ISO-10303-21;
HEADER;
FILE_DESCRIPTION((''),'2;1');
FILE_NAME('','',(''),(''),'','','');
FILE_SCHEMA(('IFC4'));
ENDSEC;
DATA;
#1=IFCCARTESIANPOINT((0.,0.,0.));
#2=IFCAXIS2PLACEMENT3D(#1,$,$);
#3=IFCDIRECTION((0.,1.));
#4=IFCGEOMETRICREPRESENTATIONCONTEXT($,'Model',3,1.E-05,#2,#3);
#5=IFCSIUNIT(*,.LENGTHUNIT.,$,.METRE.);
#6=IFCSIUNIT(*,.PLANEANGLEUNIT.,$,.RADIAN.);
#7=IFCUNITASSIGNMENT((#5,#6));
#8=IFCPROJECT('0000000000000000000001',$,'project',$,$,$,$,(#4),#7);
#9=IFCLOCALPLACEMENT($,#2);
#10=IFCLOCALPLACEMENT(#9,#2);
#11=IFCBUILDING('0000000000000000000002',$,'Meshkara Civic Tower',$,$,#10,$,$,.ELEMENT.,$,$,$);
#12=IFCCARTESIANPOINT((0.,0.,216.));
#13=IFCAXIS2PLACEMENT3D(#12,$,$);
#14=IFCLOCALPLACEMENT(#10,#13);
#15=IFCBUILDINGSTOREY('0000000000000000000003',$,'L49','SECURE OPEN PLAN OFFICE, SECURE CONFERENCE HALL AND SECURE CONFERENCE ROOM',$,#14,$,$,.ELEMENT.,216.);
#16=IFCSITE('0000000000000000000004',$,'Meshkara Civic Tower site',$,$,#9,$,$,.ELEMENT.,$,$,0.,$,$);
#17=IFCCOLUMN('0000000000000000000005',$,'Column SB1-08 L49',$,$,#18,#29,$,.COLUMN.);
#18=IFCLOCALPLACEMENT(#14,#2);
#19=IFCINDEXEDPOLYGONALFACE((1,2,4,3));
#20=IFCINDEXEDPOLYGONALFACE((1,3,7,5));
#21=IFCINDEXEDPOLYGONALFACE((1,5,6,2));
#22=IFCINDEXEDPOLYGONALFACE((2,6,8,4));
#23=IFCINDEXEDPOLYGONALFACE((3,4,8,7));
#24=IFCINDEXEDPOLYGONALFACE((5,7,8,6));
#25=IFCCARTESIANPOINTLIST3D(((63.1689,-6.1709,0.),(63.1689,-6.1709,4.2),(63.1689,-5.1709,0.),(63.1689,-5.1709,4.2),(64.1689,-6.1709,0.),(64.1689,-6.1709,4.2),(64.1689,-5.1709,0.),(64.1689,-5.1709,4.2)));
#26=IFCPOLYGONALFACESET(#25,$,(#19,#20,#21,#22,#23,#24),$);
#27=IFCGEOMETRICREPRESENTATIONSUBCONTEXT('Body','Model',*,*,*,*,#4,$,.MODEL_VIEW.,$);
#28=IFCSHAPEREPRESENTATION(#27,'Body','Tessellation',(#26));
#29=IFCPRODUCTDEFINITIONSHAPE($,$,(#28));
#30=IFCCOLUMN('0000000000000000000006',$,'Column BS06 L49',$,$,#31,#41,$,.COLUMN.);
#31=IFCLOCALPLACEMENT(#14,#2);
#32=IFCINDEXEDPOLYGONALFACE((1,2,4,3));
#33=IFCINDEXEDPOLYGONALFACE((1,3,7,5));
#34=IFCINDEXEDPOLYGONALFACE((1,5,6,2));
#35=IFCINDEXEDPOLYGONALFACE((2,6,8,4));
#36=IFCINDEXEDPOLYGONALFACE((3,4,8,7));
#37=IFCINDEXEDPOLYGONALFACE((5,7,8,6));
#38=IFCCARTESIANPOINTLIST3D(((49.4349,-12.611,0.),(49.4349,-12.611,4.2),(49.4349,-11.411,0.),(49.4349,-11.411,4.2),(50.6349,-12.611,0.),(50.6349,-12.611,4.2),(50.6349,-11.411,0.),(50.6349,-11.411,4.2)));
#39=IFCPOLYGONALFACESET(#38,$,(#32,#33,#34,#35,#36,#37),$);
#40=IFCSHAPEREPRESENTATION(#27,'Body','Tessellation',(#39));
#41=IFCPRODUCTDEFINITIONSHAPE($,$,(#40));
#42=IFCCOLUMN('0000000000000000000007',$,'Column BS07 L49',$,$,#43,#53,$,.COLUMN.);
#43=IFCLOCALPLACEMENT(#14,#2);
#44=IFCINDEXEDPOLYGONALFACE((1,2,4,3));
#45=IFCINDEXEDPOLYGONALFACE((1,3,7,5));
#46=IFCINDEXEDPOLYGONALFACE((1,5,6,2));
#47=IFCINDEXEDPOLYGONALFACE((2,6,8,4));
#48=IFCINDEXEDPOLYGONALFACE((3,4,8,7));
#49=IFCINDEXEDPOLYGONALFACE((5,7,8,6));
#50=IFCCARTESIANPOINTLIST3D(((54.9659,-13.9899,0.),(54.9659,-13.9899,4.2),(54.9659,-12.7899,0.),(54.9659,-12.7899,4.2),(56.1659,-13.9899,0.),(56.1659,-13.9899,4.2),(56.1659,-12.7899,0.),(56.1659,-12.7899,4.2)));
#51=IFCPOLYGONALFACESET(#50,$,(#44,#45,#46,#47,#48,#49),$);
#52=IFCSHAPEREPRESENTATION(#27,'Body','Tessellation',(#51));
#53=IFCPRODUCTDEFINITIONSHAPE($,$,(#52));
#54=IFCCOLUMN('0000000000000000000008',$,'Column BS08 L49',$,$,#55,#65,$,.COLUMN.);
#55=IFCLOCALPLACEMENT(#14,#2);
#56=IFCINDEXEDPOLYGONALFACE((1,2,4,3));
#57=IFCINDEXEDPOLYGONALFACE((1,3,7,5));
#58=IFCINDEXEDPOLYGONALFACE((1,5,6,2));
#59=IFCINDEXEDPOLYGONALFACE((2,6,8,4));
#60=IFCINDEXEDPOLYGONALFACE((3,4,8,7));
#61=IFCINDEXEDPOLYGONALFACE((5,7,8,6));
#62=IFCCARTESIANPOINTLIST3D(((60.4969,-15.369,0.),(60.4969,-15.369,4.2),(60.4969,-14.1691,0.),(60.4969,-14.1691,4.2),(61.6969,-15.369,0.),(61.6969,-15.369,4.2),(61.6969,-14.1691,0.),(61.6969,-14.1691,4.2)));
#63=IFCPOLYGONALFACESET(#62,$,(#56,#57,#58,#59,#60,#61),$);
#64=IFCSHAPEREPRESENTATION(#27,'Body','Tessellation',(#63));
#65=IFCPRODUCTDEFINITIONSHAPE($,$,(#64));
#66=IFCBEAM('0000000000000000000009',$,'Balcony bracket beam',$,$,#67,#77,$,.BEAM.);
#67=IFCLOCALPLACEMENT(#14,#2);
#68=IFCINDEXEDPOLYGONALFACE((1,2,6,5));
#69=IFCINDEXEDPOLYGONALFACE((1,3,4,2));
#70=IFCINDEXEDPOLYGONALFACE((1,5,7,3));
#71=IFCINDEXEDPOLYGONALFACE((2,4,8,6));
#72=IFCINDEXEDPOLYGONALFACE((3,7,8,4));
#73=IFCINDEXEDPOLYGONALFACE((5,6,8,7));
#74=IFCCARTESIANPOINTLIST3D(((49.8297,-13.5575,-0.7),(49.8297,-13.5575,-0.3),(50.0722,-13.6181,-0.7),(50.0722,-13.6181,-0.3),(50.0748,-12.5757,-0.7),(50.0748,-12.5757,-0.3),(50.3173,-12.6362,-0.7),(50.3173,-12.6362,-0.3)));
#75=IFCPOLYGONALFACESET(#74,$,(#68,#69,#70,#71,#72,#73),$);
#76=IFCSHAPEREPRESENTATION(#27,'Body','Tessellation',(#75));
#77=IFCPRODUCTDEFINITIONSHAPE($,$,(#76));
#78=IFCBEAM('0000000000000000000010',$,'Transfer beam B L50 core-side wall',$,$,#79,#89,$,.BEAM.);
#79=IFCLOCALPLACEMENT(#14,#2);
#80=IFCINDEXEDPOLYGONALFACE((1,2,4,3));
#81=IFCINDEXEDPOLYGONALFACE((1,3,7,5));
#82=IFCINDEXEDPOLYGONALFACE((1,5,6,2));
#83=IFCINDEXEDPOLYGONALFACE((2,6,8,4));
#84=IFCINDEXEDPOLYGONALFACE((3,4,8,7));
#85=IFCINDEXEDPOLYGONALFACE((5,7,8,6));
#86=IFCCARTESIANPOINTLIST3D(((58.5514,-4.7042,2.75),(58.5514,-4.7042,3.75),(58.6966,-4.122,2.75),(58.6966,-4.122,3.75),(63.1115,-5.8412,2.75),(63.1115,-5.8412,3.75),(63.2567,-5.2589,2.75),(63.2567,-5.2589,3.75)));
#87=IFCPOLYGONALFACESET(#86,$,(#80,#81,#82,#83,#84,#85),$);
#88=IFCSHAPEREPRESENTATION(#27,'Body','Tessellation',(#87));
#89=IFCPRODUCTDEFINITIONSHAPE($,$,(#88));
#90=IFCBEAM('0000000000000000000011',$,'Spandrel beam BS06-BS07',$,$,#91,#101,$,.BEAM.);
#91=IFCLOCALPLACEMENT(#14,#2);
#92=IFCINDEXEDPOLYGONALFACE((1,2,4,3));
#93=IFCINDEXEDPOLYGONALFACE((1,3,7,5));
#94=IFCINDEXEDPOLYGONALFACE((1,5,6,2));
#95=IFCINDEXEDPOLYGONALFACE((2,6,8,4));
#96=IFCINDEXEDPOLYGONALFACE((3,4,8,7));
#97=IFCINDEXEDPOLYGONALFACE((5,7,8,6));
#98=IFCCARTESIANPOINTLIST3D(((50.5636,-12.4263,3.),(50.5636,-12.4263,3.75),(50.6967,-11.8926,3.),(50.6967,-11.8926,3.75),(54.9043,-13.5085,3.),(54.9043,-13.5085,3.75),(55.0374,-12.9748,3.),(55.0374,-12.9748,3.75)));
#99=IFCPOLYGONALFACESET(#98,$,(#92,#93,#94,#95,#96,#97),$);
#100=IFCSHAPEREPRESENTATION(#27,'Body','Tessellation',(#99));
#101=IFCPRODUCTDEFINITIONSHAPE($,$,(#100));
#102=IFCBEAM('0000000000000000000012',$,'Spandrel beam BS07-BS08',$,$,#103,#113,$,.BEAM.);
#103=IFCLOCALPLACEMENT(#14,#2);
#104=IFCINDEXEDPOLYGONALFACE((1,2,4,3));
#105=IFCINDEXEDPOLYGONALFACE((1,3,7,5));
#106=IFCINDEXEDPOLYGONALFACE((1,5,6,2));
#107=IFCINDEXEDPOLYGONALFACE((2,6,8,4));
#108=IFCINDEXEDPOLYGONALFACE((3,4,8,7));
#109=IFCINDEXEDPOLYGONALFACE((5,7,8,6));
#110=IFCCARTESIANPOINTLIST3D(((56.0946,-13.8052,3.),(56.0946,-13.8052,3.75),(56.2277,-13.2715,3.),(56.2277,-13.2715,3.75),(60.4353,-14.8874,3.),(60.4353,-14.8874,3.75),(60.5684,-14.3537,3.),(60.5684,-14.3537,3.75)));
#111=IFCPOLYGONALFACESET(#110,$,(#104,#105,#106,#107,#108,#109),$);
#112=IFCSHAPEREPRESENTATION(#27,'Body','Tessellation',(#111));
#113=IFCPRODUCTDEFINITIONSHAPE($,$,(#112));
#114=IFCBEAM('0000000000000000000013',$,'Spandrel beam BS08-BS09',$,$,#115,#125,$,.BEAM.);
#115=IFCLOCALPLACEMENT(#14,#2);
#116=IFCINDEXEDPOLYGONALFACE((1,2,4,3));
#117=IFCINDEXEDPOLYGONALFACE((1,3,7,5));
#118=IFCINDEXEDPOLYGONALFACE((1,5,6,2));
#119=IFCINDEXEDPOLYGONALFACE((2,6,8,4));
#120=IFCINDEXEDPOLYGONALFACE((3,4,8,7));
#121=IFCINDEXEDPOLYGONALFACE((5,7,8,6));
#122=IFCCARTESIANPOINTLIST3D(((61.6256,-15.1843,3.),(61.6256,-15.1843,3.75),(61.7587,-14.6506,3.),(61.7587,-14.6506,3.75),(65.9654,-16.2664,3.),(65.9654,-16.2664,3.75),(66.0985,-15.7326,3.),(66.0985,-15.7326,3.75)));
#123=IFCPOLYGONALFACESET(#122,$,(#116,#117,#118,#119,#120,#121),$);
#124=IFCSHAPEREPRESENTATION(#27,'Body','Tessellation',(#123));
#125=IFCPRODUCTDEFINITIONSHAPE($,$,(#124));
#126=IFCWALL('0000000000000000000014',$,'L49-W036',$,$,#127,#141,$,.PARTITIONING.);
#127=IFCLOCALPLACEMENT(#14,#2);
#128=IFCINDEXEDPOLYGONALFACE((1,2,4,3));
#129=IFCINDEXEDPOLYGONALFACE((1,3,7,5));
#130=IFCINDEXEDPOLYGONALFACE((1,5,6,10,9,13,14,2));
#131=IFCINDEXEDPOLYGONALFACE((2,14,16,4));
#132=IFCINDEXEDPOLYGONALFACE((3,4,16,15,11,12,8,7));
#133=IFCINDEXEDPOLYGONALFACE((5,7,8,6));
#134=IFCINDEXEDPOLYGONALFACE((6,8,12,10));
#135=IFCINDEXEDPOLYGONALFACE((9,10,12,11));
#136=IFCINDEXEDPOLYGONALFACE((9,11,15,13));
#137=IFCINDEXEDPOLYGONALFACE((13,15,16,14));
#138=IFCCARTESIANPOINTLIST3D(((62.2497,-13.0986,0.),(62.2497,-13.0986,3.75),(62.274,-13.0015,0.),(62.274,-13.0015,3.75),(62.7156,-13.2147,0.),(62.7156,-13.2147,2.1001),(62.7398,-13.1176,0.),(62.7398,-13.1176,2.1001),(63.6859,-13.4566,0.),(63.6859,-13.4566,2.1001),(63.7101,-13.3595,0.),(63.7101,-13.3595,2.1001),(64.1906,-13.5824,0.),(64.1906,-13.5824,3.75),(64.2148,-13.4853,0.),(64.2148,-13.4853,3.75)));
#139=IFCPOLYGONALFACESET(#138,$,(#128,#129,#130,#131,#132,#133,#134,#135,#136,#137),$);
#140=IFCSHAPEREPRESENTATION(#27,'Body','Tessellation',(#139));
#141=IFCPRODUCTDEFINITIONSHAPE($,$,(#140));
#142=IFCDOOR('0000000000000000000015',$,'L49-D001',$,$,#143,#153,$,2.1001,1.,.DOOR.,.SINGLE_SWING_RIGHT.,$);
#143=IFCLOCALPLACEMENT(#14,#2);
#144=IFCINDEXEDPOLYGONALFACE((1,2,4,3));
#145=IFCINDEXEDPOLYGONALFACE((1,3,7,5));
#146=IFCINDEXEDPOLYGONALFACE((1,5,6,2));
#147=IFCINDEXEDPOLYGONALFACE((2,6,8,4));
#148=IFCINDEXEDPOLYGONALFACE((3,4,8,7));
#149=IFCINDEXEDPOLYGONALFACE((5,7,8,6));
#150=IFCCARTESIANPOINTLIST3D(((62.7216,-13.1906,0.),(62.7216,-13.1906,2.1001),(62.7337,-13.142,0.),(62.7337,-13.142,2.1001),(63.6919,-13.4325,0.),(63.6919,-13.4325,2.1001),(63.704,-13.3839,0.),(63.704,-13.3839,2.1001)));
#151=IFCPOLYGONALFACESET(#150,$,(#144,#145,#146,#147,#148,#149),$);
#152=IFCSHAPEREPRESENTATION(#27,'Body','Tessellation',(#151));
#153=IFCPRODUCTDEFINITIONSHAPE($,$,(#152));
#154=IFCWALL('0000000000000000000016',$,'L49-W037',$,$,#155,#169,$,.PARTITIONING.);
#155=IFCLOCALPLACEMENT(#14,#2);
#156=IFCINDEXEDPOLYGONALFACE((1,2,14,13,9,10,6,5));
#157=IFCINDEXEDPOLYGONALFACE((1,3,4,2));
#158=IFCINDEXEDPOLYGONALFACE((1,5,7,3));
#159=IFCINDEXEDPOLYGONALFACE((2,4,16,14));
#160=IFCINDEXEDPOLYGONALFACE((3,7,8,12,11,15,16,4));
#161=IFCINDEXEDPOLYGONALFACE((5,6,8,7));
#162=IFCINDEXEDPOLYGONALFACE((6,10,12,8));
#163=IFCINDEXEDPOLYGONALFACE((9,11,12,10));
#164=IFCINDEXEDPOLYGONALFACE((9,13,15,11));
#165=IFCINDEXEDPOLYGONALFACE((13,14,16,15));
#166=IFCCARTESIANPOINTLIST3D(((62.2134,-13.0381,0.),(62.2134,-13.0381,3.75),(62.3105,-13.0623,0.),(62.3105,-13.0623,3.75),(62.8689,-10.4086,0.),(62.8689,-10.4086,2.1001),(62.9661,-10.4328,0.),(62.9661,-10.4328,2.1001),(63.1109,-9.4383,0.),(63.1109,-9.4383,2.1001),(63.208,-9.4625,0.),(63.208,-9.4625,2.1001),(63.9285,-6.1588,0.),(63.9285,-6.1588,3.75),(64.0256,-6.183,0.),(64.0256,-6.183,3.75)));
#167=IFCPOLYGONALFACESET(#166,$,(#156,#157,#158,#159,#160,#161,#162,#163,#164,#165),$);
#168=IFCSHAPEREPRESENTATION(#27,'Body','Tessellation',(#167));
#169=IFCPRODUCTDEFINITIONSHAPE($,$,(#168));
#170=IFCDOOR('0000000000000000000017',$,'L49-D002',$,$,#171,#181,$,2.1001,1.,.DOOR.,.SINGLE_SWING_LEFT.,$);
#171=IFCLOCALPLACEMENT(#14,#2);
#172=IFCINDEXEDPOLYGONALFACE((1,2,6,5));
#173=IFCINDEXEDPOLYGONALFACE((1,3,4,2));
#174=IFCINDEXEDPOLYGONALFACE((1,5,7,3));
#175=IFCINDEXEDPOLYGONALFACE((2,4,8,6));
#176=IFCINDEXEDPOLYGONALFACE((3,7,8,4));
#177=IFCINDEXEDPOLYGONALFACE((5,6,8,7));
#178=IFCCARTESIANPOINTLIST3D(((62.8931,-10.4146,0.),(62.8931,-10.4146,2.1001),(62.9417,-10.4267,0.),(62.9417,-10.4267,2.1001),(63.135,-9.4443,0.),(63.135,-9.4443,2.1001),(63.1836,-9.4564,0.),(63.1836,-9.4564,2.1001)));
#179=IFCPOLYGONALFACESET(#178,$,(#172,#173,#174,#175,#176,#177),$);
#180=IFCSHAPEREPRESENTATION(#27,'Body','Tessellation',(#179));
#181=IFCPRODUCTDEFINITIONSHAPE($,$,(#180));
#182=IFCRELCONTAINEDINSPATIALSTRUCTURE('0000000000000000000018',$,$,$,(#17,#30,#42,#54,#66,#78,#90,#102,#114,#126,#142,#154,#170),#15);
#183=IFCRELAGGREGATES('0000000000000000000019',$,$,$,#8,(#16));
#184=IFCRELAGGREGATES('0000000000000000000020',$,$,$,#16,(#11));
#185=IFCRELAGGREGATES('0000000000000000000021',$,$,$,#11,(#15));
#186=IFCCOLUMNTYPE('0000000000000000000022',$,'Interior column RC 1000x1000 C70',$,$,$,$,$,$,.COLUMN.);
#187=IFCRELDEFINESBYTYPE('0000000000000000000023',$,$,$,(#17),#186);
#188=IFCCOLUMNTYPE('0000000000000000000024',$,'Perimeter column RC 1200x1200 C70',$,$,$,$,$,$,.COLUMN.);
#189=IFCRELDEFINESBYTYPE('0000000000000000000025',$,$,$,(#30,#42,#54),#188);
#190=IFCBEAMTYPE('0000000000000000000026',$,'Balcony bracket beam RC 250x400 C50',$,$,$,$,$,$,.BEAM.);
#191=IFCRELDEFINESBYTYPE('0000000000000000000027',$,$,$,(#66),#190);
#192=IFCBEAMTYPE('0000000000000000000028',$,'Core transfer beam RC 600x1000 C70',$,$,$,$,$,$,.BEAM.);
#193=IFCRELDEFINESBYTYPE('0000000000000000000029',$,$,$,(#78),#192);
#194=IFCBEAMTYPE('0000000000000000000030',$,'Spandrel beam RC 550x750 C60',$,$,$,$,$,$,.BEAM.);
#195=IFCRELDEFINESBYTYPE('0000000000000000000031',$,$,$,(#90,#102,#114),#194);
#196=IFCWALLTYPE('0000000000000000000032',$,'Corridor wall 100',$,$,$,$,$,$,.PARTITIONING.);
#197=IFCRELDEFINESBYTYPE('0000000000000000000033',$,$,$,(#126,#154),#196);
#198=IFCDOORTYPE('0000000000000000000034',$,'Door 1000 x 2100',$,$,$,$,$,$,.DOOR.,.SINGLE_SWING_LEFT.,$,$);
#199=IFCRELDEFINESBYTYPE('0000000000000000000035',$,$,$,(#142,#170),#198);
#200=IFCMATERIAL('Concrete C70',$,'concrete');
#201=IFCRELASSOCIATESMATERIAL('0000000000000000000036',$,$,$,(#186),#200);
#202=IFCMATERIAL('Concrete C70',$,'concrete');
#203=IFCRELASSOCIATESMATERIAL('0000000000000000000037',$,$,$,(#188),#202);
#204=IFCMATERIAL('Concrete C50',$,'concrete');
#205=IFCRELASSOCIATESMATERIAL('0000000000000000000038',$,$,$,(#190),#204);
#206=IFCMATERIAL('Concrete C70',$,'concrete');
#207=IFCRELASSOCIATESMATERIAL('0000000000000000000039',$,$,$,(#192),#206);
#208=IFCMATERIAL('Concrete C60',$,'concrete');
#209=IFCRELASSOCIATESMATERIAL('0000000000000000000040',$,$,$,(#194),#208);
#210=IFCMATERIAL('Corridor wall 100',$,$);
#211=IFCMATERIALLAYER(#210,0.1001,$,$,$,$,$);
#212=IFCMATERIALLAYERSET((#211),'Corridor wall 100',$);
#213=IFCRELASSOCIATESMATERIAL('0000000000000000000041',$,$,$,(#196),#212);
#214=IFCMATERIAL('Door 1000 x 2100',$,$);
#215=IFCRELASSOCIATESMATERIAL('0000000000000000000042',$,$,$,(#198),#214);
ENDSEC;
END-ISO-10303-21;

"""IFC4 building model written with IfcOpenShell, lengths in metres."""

from ifc_helpers import new_model, si_unit, direction, frame, frame_2d, origin, origin_2d, place, context, subcontext, project, spatial, rectangle, extrude, material, layer, layer_set, material_profile, profile_set, type_object, element, fill, save


model = new_model("IFC4")

# Units and contexts
model_context = context("Model", 3, precision=1e-05, world=origin(), true_north=direction((0.0, 1.0)))
body_context = subcontext(model_context, "Body", "Model", "MODEL_VIEW")
ifc_project = project(units=[si_unit("LENGTHUNIT", "METRE"), si_unit("PLANEANGLEUNIT", "RADIAN")], contexts=[model_context])

# Site, building, storey
site_placement = place(None, origin())
site = spatial("IfcSite", under=ifc_project, at=site_placement, Name="Meshkara Civic Tower site", CompositionType="ELEMENT", RefElevation=0.0)
building_placement = place(site_placement, origin())
building = spatial("IfcBuilding", under=site, at=building_placement, Name="Meshkara Civic Tower", CompositionType="ELEMENT")
storey_placement = place(building_placement, frame((0.0, 0.0, 216.0)))
storey = spatial("IfcBuildingStorey", under=building, at=storey_placement, Name="L49", Description="SECURE OPEN PLAN OFFICE, SECURE CONFERENCE HALL AND SECURE CONFERENCE ROOM", CompositionType="ELEMENT", Elevation=216.0)

# Columns
ifc_material_1 = material(Name="Concrete C70", Category="concrete")
ifc_material_profile_1 = material_profile(ifc_material_1, rectangle(XDim=1.0, YDim=1.0, at=origin_2d()))
ifc_profile_set_1 = profile_set([ifc_material_profile_1], Name="Concrete C70")
column_type_1 = type_object("IfcColumnType", Name="Interior column RC 1000x1000 C70", PredefinedType="COLUMN", material=ifc_profile_set_1)
column_placement = place(storey_placement, frame((63.6689, -5.6709, 0.0), z_axis=(0.0, 0.0, 1.0), x_axis=(1.0, 0.0, 0.0)))
element("IfcColumn", 1, at=column_placement, inside=storey, type_object=column_type_1, Name="Column SB1-08 L49", PredefinedType="COLUMN", context=body_context, shape_type="SweptSolid", body=[
    extrude(rectangle(XDim=1.0, YDim=1.0, at=origin_2d()), origin(), (0.0, 0.0, 1.0), 4.2),
])
ifc_material_2 = material(Name="Concrete C70", Category="concrete")
ifc_material_profile_2 = material_profile(ifc_material_2, rectangle(XDim=1.2, YDim=1.2, at=origin_2d()))
ifc_profile_set_2 = profile_set([ifc_material_profile_2], Name="Concrete C70")
column_type_2 = type_object("IfcColumnType", Name="Perimeter column RC 1200x1200 C70", PredefinedType="COLUMN", material=ifc_profile_set_2)
for number, where, z_axis, x_axis, name in (
    (2, (50.0349, -12.011, 0.0), (0.0, 0.0, 1.0), (1.0, 0.0, 0.0), "Column BS06 L49"),
    (3, (55.5659, -13.3899, 0.0), (0.0, 0.0, 1.0), (1.0, 0.0, 0.0), "Column BS07 L49"),
    (4, (61.0969, -14.769, 0.0), (0.0, 0.0, 1.0), (1.0, 0.0, 0.0), "Column BS08 L49"),
):
    element("IfcColumn", number, at=place(storey_placement, frame(where, z_axis=z_axis, x_axis=x_axis)), inside=storey, type_object=column_type_2, Name=name, PredefinedType="COLUMN", context=body_context, shape_type="SweptSolid", body=[
        extrude(rectangle(XDim=1.2, YDim=1.2, at=origin_2d()), origin(), (0.0, 0.0, 1.0), 4.2),
    ])

# Beams
ifc_material_3 = material(Name="Concrete C50", Category="concrete")
ifc_material_profile_3 = material_profile(ifc_material_3, rectangle(XDim=0.25, YDim=0.3999, at=origin_2d()))
ifc_profile_set_3 = profile_set([ifc_material_profile_3], Name="Concrete C50")
beam_type_1 = type_object("IfcBeamType", Name="Balcony bracket beam RC 250x400 C50", PredefinedType="BEAM", material=ifc_profile_set_3)
beam_1_placement = place(storey_placement, frame((50.196, -12.606, -0.5), z_axis=(-0.242195, -0.970228, 0.0), x_axis=(0.970228, -0.242195, 0.0)))
element("IfcBeam", 5, at=beam_1_placement, inside=storey, type_object=beam_type_1, Name="Balcony bracket beam", PredefinedType="BEAM", context=body_context, shape_type="SweptSolid", body=[
    extrude(rectangle(XDim=0.25, YDim=0.3999, at=origin_2d()), origin(), (0.0, 0.0, 1.0), 1.012),
])
ifc_material_4 = material(Name="Concrete C70", Category="concrete")
ifc_material_profile_4 = material_profile(ifc_material_4, rectangle(XDim=0.6001, YDim=1.0, at=origin_2d()))
ifc_profile_set_4 = profile_set([ifc_material_profile_4], Name="Concrete C70")
beam_type_2 = type_object("IfcBeamType", Name="Core transfer beam RC 600x1000 C70", PredefinedType="BEAM", material=ifc_profile_set_4)
beam_2_placement = place(storey_placement, frame((58.624, -4.4131, 3.25), z_axis=(0.970295, -0.241924, 0.0), x_axis=(0.241924, 0.970295, 0.0)))
element("IfcBeam", 6, at=beam_2_placement, inside=storey, type_object=beam_type_2, Name="Transfer beam B L50 core-side wall", PredefinedType="BEAM", context=body_context, shape_type="SweptSolid", body=[
    extrude(rectangle(XDim=0.6001, YDim=1.0, at=origin_2d()), origin(), (0.0, 0.0, 1.0), 4.6997),
])
ifc_material_5 = material(Name="Concrete C60", Category="concrete")
ifc_material_profile_5 = material_profile(ifc_material_5, rectangle(XDim=0.55, YDim=0.75, at=origin_2d()))
ifc_profile_set_5 = profile_set([ifc_material_profile_5], Name="Concrete C60")
beam_type_3 = type_object("IfcBeamType", Name="Spandrel beam RC 550x750 C60", PredefinedType="BEAM", material=ifc_profile_set_5)
for number, where, z_axis, x_axis, name in (
    (7, (50.6301, -12.1594, 3.375), (0.970296, -0.241919, 0.0), (0.241919, 0.970296, 0.0), "Spandrel beam BS06-BS07"),
    (8, (56.1611, -13.5383, 3.375), (0.970296, -0.241919, 0.0), (0.241919, 0.970296, 0.0), "Spandrel beam BS07-BS08"),
):
    element("IfcBeam", number, at=place(storey_placement, frame(where, z_axis=z_axis, x_axis=x_axis)), inside=storey, type_object=beam_type_3, Name=name, PredefinedType="BEAM", context=body_context, shape_type="SweptSolid", body=[
        extrude(rectangle(XDim=0.55, YDim=0.75, at=origin_2d()), origin(), (0.0, 0.0, 1.0), 4.4736),
    ])
beam_3_placement = place(storey_placement, frame((61.6921, -14.9175, 3.375), z_axis=(0.970296, -0.241919, 0.0), x_axis=(0.241919, 0.970296, 0.0)))
element("IfcBeam", 9, at=beam_3_placement, inside=storey, type_object=beam_type_3, Name="Spandrel beam BS08-BS09", PredefinedType="BEAM", context=body_context, shape_type="SweptSolid", body=[
    extrude(rectangle(XDim=0.55, YDim=0.75, at=origin_2d()), origin(), (0.0, 0.0, 1.0), 4.4727),
])

# Walls, openings, doors
ifc_material_6 = material(Name="Corridor wall 100")
ifc_layer_1 = layer(ifc_material_6, 0.1001)
ifc_layer_set_1 = layer_set([ifc_layer_1], Name="Corridor wall 100")
wall_type_1 = type_object("IfcWallType", Name="Corridor wall 100", PredefinedType="PARTITIONING", material=ifc_layer_set_1)
wall_1_placement = place(storey_placement, frame((62.262, -13.05, 0.0), z_axis=(0.0, 0.0, 1.0), x_axis=(0.9703, -0.241904, 0.0)))
wall_1 = element("IfcWall", 10, at=wall_1_placement, inside=storey, type_object=wall_type_1, Name="L49-W036", PredefinedType="PARTITIONING", context=body_context, shape_type="SweptSolid", body=[
    extrude(rectangle(XDim=2.0002, YDim=0.1001, at=frame_2d((1.0, 0.0))), origin(), (0.0, 0.0, 1.0), 3.75),
])
opening_1_placement = place(wall_1_placement, frame((0.48, 0.0, 0.0)))
opening_1 = element("IfcOpeningElement", 11, at=opening_1_placement, cuts=wall_1, PredefinedType="OPENING", context=body_context, shape_type="SweptSolid", body=[
    extrude(rectangle(XDim=1.0, YDim=2.1001, at=frame_2d((0.5, 1.05))), frame((0.0, 0.0601, 0.0), z_axis=(0.0, -1.0, 0.0), x_axis=(1.0, 0.0, 0.0)), (0.0, 0.0, 1.0), 0.1201),
])
ifc_material_7 = material(Name="Door 1000 x 2100")
door_type_1 = type_object("IfcDoorType", Name="Door 1000 x 2100", OperationType="SINGLE_SWING_LEFT", PredefinedType="DOOR", material=ifc_material_7)
door_1_placement = place(opening_1_placement, origin())
door_1 = element("IfcDoor", 12, at=door_1_placement, inside=storey, type_object=door_type_1, Name="L49-D001", OperationType="SINGLE_SWING_RIGHT", OverallHeight=2.1001, OverallWidth=1.0, PredefinedType="DOOR", context=body_context, shape_type="SweptSolid", body=[
    extrude(rectangle(XDim=1.0, YDim=2.1001, at=frame_2d((0.5, 1.05))), frame((0.0, 0.0249, 0.0), z_axis=(0.0, -1.0, 0.0), x_axis=(1.0, 0.0, 0.0)), (0.0, 0.0, 1.0), 0.05),
])
fill(opening_1, door_1)
wall_2_placement = place(storey_placement, frame((63.9771, -6.1709, 0.0), z_axis=(0.0, 0.0, 1.0), x_axis=(-0.241912, -0.970298, 0.0)))
wall_2 = element("IfcWall", 13, at=wall_2_placement, inside=storey, type_object=wall_type_1, Name="L49-W037", PredefinedType="PARTITIONING", context=body_context, shape_type="SweptSolid", body=[
    extrude(rectangle(XDim=7.0898, YDim=0.1001, at=frame_2d((3.5449, 0.0))), origin(), (0.0, 0.0, 1.0), 3.75),
])
opening_2_placement = place(wall_2_placement, frame((3.3799, 0.0, 0.0)))
opening_2 = element("IfcOpeningElement", 14, at=opening_2_placement, cuts=wall_2, PredefinedType="OPENING", context=body_context, shape_type="SweptSolid", body=[
    extrude(rectangle(XDim=1.0, YDim=2.1001, at=frame_2d((0.5, 1.05))), frame((0.0, 0.0601, 0.0), z_axis=(0.0, -1.0, 0.0), x_axis=(1.0, 0.0, 0.0)), (0.0, 0.0, 1.0), 0.1201),
])
door_2_placement = place(opening_2_placement, origin())
door_2 = element("IfcDoor", 15, at=door_2_placement, inside=storey, type_object=door_type_1, Name="L49-D002", OperationType="SINGLE_SWING_LEFT", OverallHeight=2.1001, OverallWidth=1.0, PredefinedType="DOOR", context=body_context, shape_type="SweptSolid", body=[
    extrude(rectangle(XDim=1.0, YDim=2.1001, at=frame_2d((0.5, 1.05))), frame((0.0, 0.0249, 0.0), z_axis=(0.0, -1.0, 0.0), x_axis=(1.0, 0.0, 0.0)), (0.0, 0.0, 1.0), 0.05),
])
fill(opening_2, door_2)

save(model, "model.ifc")
